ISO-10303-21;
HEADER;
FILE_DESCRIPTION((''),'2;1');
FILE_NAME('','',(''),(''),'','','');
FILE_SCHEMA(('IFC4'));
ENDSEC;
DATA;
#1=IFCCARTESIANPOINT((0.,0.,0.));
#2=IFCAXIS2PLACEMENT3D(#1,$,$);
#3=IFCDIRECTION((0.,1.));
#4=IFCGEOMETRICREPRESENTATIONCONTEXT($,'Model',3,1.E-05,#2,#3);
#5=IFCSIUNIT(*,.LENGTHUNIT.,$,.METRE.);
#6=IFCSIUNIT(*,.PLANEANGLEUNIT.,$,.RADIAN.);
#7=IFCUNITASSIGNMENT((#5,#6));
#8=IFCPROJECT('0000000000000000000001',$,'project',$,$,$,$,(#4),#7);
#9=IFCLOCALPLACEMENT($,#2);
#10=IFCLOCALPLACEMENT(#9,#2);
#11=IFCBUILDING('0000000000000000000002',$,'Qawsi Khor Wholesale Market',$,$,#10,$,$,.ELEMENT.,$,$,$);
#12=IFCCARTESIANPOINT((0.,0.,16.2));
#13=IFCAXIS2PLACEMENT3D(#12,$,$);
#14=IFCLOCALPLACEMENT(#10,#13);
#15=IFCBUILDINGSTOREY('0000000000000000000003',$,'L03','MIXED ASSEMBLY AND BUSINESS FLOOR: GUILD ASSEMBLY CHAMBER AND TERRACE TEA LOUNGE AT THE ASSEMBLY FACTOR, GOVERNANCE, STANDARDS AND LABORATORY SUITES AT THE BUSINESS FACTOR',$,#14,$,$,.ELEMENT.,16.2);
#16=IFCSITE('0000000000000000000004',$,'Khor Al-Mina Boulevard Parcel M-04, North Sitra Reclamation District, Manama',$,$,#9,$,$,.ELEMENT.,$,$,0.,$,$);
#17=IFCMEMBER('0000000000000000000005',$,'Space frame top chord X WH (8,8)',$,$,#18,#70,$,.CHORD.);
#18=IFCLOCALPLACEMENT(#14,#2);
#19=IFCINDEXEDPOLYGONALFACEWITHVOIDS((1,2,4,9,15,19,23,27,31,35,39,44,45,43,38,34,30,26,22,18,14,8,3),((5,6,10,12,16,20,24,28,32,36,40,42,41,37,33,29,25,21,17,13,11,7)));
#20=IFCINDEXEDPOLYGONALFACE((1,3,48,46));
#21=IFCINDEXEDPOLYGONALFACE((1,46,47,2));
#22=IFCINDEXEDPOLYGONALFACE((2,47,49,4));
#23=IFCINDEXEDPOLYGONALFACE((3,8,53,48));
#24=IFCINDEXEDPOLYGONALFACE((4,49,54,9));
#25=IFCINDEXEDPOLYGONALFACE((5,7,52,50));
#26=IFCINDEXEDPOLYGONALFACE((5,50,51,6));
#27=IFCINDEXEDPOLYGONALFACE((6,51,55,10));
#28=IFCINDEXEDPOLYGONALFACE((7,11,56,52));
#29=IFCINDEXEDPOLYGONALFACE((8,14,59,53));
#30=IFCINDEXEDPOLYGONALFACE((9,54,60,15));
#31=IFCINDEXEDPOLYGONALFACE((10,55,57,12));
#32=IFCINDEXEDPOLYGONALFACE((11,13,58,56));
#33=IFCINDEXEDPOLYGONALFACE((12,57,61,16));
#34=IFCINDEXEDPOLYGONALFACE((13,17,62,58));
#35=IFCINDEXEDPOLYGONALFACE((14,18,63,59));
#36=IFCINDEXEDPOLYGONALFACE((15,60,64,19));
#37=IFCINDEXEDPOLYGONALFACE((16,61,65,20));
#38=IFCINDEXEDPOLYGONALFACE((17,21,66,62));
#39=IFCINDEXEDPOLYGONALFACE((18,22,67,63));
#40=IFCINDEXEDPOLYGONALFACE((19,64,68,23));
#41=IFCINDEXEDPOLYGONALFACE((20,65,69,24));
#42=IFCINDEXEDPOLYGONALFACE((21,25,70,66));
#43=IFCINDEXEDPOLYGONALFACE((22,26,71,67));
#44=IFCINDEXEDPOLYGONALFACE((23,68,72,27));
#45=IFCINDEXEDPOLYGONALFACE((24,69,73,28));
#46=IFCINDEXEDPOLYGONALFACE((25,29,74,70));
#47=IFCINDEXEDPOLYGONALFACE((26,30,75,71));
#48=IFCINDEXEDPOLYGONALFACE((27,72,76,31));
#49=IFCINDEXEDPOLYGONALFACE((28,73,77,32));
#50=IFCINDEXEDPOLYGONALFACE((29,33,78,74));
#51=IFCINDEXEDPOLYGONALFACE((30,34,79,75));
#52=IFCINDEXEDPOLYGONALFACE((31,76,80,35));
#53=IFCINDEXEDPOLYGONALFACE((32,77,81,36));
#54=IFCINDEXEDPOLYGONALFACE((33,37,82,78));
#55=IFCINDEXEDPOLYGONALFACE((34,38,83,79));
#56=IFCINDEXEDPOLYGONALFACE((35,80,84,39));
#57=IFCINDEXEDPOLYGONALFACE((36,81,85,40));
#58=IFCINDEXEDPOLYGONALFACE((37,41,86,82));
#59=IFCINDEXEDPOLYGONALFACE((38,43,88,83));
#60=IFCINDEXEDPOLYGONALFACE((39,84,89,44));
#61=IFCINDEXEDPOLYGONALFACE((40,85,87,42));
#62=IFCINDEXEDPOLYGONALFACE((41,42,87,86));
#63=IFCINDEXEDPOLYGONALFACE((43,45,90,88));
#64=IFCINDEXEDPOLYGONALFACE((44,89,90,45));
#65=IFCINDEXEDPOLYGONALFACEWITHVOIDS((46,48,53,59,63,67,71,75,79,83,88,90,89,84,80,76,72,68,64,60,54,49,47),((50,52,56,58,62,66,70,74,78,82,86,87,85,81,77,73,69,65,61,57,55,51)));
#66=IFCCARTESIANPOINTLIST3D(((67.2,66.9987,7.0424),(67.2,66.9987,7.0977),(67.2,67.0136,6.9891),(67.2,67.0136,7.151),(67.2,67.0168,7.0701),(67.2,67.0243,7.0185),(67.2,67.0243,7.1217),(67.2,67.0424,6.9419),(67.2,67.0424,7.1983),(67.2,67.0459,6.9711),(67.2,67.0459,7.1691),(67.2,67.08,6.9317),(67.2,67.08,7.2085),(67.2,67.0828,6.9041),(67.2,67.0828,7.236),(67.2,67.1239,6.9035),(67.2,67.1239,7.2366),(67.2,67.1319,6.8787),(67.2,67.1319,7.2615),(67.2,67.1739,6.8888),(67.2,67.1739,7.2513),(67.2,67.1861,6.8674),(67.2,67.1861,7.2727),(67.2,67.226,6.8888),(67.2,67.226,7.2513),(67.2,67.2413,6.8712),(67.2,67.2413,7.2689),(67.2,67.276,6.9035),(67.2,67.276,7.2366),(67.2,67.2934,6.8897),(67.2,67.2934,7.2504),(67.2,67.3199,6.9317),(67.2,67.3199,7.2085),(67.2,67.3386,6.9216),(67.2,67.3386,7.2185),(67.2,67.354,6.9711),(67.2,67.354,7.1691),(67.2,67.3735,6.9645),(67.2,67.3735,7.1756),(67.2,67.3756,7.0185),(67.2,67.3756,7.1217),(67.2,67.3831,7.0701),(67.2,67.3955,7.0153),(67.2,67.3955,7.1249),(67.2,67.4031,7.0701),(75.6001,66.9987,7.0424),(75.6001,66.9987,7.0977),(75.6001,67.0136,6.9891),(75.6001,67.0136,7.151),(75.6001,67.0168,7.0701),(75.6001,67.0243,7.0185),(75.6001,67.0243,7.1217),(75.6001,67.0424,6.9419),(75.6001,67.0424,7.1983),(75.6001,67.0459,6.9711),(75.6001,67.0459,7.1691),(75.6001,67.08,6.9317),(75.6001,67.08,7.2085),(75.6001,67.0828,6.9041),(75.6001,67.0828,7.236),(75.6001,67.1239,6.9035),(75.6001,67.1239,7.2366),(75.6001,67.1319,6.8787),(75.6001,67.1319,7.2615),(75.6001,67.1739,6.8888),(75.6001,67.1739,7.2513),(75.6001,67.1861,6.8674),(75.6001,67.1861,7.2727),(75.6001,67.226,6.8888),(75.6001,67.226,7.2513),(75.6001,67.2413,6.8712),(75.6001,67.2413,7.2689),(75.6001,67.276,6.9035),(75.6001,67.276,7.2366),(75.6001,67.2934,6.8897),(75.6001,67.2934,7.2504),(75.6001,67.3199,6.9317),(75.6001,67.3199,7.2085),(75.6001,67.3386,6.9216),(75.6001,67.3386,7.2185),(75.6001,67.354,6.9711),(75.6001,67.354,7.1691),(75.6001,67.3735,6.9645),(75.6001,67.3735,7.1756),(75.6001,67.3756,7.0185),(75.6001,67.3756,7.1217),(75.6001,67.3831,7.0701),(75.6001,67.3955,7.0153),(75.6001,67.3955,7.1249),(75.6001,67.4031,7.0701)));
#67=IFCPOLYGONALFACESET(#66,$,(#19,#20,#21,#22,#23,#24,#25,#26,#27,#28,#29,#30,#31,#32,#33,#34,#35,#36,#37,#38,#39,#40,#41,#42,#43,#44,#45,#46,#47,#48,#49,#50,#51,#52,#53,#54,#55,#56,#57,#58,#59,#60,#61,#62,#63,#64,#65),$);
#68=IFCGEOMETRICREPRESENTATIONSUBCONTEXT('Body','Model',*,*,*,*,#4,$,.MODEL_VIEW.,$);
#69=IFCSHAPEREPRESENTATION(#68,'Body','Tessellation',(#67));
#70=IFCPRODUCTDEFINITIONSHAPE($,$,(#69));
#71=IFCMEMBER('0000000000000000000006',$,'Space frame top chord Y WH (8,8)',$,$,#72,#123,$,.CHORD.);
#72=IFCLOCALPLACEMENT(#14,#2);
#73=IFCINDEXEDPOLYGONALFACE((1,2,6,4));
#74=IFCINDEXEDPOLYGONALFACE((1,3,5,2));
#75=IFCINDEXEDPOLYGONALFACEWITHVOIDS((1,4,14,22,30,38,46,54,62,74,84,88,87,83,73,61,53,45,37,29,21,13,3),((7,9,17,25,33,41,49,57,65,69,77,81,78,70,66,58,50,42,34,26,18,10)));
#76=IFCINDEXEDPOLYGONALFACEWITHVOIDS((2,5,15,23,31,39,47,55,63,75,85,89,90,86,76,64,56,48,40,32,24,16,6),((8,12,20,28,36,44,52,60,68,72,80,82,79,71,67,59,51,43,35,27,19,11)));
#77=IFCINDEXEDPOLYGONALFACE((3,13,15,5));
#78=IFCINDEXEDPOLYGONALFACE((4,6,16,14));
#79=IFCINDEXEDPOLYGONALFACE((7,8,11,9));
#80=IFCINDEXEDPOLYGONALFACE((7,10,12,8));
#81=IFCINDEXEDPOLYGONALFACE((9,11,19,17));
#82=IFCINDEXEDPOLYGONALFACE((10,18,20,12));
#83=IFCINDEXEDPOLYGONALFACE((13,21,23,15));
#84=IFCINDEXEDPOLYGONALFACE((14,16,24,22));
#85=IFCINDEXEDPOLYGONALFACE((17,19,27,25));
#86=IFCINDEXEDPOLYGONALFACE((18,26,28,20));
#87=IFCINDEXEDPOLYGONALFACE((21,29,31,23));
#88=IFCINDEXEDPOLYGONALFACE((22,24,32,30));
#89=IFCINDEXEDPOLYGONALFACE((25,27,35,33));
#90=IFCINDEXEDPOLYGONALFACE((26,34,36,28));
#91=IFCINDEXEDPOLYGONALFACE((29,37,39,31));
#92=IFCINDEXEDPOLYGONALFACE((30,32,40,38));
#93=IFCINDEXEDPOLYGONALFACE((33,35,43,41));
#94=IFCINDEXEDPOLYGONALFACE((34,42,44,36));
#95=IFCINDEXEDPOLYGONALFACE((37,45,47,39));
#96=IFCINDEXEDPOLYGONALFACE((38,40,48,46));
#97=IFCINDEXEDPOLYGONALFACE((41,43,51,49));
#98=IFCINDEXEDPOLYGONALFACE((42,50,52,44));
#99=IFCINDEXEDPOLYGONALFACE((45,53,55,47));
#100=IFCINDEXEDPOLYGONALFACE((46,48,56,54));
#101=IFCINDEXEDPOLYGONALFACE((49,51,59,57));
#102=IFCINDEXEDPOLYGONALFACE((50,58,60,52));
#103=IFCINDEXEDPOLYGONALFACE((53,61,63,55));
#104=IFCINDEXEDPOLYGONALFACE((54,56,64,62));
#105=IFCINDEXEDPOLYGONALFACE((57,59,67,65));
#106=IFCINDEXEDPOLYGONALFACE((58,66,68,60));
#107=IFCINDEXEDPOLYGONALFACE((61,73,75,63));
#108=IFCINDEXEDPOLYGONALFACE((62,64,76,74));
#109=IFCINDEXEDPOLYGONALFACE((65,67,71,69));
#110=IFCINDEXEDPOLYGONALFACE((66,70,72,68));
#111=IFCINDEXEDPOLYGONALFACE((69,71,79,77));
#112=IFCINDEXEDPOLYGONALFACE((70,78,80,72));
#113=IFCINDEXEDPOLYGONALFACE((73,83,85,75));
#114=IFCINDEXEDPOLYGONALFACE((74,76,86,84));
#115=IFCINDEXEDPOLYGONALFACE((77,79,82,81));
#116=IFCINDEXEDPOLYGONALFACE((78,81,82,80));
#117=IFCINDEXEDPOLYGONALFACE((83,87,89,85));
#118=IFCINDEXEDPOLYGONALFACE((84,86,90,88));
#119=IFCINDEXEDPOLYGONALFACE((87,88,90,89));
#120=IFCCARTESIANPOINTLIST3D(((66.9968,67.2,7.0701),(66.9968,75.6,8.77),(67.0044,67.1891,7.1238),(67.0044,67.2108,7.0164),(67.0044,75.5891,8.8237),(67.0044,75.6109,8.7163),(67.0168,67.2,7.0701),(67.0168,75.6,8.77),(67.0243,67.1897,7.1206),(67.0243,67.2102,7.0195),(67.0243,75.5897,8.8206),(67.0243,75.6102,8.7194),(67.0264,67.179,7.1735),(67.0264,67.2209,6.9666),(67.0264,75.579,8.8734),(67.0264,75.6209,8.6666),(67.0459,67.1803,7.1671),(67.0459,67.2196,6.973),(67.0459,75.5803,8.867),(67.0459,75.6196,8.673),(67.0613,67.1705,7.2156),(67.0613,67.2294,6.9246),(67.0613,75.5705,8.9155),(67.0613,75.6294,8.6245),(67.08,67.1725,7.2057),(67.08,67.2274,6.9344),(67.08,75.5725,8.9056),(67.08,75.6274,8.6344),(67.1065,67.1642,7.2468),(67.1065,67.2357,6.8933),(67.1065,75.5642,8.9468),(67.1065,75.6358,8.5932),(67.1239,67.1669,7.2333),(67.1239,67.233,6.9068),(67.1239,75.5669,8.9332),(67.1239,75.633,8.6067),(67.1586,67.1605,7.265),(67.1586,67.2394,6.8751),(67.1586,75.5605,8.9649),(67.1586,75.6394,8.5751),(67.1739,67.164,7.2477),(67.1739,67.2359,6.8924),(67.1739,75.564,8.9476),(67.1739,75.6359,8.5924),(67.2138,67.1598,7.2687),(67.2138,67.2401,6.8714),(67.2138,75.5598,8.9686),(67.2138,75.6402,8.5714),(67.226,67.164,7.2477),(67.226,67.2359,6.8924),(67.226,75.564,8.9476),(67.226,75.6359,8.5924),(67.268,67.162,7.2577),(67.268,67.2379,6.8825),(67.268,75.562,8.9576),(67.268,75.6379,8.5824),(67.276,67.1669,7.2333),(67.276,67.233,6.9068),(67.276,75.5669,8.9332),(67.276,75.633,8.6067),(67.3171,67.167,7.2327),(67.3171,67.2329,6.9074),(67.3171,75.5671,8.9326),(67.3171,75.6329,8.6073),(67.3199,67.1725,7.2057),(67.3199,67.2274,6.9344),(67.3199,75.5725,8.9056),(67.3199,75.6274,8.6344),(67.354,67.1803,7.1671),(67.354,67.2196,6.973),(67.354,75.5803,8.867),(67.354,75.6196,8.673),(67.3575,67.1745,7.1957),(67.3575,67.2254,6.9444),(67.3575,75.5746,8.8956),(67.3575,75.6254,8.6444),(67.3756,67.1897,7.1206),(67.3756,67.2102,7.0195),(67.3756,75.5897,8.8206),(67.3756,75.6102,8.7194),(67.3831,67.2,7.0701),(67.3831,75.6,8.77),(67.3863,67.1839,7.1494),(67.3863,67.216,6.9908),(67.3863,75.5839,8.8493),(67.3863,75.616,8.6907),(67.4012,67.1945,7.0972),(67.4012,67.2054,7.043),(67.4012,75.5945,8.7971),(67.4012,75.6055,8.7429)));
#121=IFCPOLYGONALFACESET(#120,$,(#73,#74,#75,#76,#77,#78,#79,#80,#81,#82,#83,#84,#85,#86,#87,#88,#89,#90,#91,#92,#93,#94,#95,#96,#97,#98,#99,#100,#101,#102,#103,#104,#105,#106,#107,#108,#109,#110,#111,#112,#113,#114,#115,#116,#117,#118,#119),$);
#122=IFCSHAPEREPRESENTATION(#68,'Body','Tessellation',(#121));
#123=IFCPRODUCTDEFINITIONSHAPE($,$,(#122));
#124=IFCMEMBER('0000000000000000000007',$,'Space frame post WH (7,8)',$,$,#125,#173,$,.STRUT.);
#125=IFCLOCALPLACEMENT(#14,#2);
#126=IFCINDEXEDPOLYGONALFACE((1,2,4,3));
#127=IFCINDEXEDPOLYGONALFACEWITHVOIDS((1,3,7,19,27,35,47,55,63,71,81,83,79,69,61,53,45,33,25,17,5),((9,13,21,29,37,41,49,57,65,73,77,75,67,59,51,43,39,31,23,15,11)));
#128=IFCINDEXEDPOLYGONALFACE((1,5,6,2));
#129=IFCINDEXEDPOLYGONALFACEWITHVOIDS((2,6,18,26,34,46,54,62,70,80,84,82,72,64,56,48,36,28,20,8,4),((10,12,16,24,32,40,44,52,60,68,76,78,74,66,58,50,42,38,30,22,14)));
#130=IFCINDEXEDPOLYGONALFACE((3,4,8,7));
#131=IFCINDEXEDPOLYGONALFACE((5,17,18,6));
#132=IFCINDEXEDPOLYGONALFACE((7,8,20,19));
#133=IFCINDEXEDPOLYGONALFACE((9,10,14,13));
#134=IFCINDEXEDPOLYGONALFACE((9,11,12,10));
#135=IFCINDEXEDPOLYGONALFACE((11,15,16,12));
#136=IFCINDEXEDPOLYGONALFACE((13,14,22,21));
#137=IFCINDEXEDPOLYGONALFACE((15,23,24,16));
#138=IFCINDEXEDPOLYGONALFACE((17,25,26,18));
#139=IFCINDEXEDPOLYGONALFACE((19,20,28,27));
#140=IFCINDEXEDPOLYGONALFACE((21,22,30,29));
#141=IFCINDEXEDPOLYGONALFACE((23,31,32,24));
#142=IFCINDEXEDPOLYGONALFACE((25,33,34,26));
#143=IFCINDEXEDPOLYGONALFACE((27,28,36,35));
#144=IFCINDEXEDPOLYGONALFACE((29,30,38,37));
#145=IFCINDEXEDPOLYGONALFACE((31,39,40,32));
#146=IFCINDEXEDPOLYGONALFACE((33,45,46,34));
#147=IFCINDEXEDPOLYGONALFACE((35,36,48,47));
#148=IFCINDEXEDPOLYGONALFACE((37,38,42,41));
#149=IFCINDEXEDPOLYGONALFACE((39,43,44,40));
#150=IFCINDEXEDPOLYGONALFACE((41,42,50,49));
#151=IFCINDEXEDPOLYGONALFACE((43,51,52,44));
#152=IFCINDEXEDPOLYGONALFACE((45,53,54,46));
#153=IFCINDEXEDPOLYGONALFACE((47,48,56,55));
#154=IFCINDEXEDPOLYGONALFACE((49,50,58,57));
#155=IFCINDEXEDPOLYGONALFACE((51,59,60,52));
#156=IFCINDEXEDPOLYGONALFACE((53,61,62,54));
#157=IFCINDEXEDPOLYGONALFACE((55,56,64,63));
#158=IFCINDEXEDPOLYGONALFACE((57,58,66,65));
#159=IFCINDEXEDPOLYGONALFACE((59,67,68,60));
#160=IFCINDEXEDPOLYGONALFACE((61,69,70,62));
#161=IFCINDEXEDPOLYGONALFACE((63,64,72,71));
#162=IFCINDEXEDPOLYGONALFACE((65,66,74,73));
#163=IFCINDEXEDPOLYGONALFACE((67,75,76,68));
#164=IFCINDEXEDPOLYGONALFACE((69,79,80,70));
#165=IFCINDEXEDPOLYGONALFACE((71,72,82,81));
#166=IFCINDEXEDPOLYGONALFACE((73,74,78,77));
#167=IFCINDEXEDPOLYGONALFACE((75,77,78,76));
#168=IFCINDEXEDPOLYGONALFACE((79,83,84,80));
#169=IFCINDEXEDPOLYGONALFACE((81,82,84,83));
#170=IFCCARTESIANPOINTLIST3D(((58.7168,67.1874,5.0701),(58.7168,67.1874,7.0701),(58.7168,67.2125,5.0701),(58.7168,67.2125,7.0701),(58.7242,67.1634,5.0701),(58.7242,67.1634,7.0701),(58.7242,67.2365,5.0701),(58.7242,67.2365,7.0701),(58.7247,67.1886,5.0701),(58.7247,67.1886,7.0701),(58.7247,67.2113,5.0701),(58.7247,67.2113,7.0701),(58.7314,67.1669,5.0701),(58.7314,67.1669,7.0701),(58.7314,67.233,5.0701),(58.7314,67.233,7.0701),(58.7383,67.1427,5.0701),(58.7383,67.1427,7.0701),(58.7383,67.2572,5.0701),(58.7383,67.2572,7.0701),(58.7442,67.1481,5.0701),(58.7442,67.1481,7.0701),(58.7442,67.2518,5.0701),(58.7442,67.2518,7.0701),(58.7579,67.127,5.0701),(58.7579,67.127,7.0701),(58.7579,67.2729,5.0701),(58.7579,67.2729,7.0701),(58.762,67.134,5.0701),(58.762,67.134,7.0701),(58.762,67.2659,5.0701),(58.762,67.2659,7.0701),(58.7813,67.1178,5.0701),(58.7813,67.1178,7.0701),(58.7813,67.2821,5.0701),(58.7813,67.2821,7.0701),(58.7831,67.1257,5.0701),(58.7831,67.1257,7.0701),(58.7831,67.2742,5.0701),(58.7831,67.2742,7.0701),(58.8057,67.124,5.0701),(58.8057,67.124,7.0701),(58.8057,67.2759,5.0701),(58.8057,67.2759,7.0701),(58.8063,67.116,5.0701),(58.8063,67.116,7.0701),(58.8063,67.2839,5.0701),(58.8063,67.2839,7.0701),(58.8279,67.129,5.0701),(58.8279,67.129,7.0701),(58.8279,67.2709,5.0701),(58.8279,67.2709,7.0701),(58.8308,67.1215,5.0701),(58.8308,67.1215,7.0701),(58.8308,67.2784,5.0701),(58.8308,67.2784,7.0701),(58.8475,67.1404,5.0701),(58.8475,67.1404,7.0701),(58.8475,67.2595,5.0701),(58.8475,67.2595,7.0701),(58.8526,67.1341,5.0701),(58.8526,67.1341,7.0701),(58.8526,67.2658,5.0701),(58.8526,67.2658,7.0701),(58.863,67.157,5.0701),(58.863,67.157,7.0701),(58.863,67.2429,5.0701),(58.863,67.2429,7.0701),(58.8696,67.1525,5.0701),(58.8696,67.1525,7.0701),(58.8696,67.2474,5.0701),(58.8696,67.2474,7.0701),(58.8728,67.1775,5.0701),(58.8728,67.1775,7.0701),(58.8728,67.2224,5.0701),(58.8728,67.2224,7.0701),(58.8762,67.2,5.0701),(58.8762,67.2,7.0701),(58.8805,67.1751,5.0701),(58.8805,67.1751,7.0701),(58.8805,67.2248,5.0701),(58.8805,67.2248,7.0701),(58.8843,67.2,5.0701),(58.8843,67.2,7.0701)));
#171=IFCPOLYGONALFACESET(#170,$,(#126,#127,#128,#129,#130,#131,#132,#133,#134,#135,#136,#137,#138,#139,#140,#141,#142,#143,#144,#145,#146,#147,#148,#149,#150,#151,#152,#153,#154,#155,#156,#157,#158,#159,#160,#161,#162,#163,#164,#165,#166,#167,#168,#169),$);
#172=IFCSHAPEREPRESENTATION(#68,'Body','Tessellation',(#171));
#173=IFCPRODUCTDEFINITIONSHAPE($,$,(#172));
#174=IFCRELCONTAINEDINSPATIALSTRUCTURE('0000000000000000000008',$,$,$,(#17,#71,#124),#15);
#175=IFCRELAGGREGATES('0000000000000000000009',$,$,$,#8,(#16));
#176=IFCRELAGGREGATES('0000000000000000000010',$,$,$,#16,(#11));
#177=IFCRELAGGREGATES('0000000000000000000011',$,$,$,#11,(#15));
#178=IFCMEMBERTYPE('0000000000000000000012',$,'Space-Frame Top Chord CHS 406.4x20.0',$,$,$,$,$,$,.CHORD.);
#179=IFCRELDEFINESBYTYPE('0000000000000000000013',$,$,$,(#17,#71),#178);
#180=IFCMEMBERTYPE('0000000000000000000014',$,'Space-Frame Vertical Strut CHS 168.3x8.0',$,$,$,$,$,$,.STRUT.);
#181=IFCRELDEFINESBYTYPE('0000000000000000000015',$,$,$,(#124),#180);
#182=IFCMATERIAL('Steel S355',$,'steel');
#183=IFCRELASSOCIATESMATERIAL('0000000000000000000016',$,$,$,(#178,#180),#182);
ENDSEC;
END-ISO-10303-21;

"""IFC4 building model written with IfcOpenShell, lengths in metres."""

from ifc_helpers import new_model, si_unit, direction, frame, origin, origin_2d, place, context, subcontext, project, spatial, hollow_circle, extrude, material, material_profile, profile_set, type_object, element, save


model = new_model("IFC4")

# Units and contexts
model_context = context("Model", 3, precision=1e-05, world=origin(), true_north=direction((0.0, 1.0)))
body_context = subcontext(model_context, "Body", "Model", "MODEL_VIEW")
ifc_project = project(units=[si_unit("LENGTHUNIT", "METRE"), si_unit("PLANEANGLEUNIT", "RADIAN")], contexts=[model_context])

# Site, building, storey
site_placement = place(None, origin())
site = spatial("IfcSite", under=ifc_project, at=site_placement, Name="Khor Al-Mina Boulevard Parcel M-04, North Sitra Reclamation District, Manama", CompositionType="ELEMENT", RefElevation=0.0)
building_placement = place(site_placement, origin())
building = spatial("IfcBuilding", under=site, at=building_placement, Name="Qawsi Khor Wholesale Market", CompositionType="ELEMENT")
storey_placement = place(building_placement, frame((0.0, 0.0, 16.2)))
storey = spatial("IfcBuildingStorey", under=building, at=storey_placement, Name="L03", Description="MIXED ASSEMBLY AND BUSINESS FLOOR: GUILD ASSEMBLY CHAMBER AND TERRACE TEA LOUNGE AT THE ASSEMBLY FACTOR, GOVERNANCE, STANDARDS AND LABORATORY SUITES AT THE BUSINESS FACTOR", CompositionType="ELEMENT", Elevation=16.2)

# Members
ifc_material_1 = material(Name="Steel S355", Category="steel")
ifc_material_profile_1 = material_profile(ifc_material_1, hollow_circle(Radius=0.2031, WallThickness=0.02, at=origin_2d()), Name="CHS 406.4x20.0")
ifc_profile_set_1 = profile_set([ifc_material_profile_1], Name="Steel S355")
member_type_1 = type_object("IfcMemberType", Name="Space-Frame Top Chord CHS 406.4x20.0", PredefinedType="CHORD", material=ifc_profile_set_1)
member_1_placement = place(storey_placement, frame((67.2, 67.2, 7.0701), z_axis=(1.0, 0.0, 0.0), x_axis=(0.0, 1.0, 0.0)))
element("IfcMember", 1, at=member_1_placement, inside=storey, type_object=member_type_1, Name="Space frame top chord X WH (8,8)", PredefinedType="CHORD", context=body_context, shape_type="SweptSolid", body=[
    extrude(hollow_circle(Radius=0.2031, WallThickness=0.02, at=origin_2d()), origin(), (0.0, 0.0, 1.0), 8.4001),
])
member_2_placement = place(storey_placement, frame((67.2, 67.2, 7.0701), z_axis=(0.0, 0.980131, 0.198351), x_axis=(-1.0, 0.0, 0.0)))
element("IfcMember", 2, at=member_2_placement, inside=storey, type_object=member_type_1, Name="Space frame top chord Y WH (8,8)", PredefinedType="CHORD", context=body_context, shape_type="SweptSolid", body=[
    extrude(hollow_circle(Radius=0.2031, WallThickness=0.02, at=origin_2d()), origin(), (0.0, 0.0, 1.0), 8.5703),
])
ifc_material_profile_2 = material_profile(ifc_material_1, hollow_circle(Radius=0.0842, WallThickness=0.0081, at=origin_2d()), Name="CHS 168.3x8.0")
ifc_profile_set_2 = profile_set([ifc_material_profile_2], Name="Steel S355")
member_type_2 = type_object("IfcMemberType", Name="Space-Frame Vertical Strut CHS 168.3x8.0", PredefinedType="STRUT", material=ifc_profile_set_2)
for number, where, z_axis, x_axis, name in (
    (3, (58.8, 67.2, 5.0701), (0.0, 0.0, 1.0), (1.0, 0.0, 0.0), "Space frame post WH (7,8)"),
):
    element("IfcMember", number, at=place(storey_placement, frame(where, z_axis=z_axis, x_axis=x_axis)), inside=storey, type_object=member_type_2, Name=name, PredefinedType="STRUT", context=body_context, shape_type="SweptSolid", body=[
        extrude(hollow_circle(Radius=0.0842, WallThickness=0.0081, at=origin_2d()), origin(), (0.0, 0.0, 1.0), 2.0),
    ])

save(model, "model.ifc")
